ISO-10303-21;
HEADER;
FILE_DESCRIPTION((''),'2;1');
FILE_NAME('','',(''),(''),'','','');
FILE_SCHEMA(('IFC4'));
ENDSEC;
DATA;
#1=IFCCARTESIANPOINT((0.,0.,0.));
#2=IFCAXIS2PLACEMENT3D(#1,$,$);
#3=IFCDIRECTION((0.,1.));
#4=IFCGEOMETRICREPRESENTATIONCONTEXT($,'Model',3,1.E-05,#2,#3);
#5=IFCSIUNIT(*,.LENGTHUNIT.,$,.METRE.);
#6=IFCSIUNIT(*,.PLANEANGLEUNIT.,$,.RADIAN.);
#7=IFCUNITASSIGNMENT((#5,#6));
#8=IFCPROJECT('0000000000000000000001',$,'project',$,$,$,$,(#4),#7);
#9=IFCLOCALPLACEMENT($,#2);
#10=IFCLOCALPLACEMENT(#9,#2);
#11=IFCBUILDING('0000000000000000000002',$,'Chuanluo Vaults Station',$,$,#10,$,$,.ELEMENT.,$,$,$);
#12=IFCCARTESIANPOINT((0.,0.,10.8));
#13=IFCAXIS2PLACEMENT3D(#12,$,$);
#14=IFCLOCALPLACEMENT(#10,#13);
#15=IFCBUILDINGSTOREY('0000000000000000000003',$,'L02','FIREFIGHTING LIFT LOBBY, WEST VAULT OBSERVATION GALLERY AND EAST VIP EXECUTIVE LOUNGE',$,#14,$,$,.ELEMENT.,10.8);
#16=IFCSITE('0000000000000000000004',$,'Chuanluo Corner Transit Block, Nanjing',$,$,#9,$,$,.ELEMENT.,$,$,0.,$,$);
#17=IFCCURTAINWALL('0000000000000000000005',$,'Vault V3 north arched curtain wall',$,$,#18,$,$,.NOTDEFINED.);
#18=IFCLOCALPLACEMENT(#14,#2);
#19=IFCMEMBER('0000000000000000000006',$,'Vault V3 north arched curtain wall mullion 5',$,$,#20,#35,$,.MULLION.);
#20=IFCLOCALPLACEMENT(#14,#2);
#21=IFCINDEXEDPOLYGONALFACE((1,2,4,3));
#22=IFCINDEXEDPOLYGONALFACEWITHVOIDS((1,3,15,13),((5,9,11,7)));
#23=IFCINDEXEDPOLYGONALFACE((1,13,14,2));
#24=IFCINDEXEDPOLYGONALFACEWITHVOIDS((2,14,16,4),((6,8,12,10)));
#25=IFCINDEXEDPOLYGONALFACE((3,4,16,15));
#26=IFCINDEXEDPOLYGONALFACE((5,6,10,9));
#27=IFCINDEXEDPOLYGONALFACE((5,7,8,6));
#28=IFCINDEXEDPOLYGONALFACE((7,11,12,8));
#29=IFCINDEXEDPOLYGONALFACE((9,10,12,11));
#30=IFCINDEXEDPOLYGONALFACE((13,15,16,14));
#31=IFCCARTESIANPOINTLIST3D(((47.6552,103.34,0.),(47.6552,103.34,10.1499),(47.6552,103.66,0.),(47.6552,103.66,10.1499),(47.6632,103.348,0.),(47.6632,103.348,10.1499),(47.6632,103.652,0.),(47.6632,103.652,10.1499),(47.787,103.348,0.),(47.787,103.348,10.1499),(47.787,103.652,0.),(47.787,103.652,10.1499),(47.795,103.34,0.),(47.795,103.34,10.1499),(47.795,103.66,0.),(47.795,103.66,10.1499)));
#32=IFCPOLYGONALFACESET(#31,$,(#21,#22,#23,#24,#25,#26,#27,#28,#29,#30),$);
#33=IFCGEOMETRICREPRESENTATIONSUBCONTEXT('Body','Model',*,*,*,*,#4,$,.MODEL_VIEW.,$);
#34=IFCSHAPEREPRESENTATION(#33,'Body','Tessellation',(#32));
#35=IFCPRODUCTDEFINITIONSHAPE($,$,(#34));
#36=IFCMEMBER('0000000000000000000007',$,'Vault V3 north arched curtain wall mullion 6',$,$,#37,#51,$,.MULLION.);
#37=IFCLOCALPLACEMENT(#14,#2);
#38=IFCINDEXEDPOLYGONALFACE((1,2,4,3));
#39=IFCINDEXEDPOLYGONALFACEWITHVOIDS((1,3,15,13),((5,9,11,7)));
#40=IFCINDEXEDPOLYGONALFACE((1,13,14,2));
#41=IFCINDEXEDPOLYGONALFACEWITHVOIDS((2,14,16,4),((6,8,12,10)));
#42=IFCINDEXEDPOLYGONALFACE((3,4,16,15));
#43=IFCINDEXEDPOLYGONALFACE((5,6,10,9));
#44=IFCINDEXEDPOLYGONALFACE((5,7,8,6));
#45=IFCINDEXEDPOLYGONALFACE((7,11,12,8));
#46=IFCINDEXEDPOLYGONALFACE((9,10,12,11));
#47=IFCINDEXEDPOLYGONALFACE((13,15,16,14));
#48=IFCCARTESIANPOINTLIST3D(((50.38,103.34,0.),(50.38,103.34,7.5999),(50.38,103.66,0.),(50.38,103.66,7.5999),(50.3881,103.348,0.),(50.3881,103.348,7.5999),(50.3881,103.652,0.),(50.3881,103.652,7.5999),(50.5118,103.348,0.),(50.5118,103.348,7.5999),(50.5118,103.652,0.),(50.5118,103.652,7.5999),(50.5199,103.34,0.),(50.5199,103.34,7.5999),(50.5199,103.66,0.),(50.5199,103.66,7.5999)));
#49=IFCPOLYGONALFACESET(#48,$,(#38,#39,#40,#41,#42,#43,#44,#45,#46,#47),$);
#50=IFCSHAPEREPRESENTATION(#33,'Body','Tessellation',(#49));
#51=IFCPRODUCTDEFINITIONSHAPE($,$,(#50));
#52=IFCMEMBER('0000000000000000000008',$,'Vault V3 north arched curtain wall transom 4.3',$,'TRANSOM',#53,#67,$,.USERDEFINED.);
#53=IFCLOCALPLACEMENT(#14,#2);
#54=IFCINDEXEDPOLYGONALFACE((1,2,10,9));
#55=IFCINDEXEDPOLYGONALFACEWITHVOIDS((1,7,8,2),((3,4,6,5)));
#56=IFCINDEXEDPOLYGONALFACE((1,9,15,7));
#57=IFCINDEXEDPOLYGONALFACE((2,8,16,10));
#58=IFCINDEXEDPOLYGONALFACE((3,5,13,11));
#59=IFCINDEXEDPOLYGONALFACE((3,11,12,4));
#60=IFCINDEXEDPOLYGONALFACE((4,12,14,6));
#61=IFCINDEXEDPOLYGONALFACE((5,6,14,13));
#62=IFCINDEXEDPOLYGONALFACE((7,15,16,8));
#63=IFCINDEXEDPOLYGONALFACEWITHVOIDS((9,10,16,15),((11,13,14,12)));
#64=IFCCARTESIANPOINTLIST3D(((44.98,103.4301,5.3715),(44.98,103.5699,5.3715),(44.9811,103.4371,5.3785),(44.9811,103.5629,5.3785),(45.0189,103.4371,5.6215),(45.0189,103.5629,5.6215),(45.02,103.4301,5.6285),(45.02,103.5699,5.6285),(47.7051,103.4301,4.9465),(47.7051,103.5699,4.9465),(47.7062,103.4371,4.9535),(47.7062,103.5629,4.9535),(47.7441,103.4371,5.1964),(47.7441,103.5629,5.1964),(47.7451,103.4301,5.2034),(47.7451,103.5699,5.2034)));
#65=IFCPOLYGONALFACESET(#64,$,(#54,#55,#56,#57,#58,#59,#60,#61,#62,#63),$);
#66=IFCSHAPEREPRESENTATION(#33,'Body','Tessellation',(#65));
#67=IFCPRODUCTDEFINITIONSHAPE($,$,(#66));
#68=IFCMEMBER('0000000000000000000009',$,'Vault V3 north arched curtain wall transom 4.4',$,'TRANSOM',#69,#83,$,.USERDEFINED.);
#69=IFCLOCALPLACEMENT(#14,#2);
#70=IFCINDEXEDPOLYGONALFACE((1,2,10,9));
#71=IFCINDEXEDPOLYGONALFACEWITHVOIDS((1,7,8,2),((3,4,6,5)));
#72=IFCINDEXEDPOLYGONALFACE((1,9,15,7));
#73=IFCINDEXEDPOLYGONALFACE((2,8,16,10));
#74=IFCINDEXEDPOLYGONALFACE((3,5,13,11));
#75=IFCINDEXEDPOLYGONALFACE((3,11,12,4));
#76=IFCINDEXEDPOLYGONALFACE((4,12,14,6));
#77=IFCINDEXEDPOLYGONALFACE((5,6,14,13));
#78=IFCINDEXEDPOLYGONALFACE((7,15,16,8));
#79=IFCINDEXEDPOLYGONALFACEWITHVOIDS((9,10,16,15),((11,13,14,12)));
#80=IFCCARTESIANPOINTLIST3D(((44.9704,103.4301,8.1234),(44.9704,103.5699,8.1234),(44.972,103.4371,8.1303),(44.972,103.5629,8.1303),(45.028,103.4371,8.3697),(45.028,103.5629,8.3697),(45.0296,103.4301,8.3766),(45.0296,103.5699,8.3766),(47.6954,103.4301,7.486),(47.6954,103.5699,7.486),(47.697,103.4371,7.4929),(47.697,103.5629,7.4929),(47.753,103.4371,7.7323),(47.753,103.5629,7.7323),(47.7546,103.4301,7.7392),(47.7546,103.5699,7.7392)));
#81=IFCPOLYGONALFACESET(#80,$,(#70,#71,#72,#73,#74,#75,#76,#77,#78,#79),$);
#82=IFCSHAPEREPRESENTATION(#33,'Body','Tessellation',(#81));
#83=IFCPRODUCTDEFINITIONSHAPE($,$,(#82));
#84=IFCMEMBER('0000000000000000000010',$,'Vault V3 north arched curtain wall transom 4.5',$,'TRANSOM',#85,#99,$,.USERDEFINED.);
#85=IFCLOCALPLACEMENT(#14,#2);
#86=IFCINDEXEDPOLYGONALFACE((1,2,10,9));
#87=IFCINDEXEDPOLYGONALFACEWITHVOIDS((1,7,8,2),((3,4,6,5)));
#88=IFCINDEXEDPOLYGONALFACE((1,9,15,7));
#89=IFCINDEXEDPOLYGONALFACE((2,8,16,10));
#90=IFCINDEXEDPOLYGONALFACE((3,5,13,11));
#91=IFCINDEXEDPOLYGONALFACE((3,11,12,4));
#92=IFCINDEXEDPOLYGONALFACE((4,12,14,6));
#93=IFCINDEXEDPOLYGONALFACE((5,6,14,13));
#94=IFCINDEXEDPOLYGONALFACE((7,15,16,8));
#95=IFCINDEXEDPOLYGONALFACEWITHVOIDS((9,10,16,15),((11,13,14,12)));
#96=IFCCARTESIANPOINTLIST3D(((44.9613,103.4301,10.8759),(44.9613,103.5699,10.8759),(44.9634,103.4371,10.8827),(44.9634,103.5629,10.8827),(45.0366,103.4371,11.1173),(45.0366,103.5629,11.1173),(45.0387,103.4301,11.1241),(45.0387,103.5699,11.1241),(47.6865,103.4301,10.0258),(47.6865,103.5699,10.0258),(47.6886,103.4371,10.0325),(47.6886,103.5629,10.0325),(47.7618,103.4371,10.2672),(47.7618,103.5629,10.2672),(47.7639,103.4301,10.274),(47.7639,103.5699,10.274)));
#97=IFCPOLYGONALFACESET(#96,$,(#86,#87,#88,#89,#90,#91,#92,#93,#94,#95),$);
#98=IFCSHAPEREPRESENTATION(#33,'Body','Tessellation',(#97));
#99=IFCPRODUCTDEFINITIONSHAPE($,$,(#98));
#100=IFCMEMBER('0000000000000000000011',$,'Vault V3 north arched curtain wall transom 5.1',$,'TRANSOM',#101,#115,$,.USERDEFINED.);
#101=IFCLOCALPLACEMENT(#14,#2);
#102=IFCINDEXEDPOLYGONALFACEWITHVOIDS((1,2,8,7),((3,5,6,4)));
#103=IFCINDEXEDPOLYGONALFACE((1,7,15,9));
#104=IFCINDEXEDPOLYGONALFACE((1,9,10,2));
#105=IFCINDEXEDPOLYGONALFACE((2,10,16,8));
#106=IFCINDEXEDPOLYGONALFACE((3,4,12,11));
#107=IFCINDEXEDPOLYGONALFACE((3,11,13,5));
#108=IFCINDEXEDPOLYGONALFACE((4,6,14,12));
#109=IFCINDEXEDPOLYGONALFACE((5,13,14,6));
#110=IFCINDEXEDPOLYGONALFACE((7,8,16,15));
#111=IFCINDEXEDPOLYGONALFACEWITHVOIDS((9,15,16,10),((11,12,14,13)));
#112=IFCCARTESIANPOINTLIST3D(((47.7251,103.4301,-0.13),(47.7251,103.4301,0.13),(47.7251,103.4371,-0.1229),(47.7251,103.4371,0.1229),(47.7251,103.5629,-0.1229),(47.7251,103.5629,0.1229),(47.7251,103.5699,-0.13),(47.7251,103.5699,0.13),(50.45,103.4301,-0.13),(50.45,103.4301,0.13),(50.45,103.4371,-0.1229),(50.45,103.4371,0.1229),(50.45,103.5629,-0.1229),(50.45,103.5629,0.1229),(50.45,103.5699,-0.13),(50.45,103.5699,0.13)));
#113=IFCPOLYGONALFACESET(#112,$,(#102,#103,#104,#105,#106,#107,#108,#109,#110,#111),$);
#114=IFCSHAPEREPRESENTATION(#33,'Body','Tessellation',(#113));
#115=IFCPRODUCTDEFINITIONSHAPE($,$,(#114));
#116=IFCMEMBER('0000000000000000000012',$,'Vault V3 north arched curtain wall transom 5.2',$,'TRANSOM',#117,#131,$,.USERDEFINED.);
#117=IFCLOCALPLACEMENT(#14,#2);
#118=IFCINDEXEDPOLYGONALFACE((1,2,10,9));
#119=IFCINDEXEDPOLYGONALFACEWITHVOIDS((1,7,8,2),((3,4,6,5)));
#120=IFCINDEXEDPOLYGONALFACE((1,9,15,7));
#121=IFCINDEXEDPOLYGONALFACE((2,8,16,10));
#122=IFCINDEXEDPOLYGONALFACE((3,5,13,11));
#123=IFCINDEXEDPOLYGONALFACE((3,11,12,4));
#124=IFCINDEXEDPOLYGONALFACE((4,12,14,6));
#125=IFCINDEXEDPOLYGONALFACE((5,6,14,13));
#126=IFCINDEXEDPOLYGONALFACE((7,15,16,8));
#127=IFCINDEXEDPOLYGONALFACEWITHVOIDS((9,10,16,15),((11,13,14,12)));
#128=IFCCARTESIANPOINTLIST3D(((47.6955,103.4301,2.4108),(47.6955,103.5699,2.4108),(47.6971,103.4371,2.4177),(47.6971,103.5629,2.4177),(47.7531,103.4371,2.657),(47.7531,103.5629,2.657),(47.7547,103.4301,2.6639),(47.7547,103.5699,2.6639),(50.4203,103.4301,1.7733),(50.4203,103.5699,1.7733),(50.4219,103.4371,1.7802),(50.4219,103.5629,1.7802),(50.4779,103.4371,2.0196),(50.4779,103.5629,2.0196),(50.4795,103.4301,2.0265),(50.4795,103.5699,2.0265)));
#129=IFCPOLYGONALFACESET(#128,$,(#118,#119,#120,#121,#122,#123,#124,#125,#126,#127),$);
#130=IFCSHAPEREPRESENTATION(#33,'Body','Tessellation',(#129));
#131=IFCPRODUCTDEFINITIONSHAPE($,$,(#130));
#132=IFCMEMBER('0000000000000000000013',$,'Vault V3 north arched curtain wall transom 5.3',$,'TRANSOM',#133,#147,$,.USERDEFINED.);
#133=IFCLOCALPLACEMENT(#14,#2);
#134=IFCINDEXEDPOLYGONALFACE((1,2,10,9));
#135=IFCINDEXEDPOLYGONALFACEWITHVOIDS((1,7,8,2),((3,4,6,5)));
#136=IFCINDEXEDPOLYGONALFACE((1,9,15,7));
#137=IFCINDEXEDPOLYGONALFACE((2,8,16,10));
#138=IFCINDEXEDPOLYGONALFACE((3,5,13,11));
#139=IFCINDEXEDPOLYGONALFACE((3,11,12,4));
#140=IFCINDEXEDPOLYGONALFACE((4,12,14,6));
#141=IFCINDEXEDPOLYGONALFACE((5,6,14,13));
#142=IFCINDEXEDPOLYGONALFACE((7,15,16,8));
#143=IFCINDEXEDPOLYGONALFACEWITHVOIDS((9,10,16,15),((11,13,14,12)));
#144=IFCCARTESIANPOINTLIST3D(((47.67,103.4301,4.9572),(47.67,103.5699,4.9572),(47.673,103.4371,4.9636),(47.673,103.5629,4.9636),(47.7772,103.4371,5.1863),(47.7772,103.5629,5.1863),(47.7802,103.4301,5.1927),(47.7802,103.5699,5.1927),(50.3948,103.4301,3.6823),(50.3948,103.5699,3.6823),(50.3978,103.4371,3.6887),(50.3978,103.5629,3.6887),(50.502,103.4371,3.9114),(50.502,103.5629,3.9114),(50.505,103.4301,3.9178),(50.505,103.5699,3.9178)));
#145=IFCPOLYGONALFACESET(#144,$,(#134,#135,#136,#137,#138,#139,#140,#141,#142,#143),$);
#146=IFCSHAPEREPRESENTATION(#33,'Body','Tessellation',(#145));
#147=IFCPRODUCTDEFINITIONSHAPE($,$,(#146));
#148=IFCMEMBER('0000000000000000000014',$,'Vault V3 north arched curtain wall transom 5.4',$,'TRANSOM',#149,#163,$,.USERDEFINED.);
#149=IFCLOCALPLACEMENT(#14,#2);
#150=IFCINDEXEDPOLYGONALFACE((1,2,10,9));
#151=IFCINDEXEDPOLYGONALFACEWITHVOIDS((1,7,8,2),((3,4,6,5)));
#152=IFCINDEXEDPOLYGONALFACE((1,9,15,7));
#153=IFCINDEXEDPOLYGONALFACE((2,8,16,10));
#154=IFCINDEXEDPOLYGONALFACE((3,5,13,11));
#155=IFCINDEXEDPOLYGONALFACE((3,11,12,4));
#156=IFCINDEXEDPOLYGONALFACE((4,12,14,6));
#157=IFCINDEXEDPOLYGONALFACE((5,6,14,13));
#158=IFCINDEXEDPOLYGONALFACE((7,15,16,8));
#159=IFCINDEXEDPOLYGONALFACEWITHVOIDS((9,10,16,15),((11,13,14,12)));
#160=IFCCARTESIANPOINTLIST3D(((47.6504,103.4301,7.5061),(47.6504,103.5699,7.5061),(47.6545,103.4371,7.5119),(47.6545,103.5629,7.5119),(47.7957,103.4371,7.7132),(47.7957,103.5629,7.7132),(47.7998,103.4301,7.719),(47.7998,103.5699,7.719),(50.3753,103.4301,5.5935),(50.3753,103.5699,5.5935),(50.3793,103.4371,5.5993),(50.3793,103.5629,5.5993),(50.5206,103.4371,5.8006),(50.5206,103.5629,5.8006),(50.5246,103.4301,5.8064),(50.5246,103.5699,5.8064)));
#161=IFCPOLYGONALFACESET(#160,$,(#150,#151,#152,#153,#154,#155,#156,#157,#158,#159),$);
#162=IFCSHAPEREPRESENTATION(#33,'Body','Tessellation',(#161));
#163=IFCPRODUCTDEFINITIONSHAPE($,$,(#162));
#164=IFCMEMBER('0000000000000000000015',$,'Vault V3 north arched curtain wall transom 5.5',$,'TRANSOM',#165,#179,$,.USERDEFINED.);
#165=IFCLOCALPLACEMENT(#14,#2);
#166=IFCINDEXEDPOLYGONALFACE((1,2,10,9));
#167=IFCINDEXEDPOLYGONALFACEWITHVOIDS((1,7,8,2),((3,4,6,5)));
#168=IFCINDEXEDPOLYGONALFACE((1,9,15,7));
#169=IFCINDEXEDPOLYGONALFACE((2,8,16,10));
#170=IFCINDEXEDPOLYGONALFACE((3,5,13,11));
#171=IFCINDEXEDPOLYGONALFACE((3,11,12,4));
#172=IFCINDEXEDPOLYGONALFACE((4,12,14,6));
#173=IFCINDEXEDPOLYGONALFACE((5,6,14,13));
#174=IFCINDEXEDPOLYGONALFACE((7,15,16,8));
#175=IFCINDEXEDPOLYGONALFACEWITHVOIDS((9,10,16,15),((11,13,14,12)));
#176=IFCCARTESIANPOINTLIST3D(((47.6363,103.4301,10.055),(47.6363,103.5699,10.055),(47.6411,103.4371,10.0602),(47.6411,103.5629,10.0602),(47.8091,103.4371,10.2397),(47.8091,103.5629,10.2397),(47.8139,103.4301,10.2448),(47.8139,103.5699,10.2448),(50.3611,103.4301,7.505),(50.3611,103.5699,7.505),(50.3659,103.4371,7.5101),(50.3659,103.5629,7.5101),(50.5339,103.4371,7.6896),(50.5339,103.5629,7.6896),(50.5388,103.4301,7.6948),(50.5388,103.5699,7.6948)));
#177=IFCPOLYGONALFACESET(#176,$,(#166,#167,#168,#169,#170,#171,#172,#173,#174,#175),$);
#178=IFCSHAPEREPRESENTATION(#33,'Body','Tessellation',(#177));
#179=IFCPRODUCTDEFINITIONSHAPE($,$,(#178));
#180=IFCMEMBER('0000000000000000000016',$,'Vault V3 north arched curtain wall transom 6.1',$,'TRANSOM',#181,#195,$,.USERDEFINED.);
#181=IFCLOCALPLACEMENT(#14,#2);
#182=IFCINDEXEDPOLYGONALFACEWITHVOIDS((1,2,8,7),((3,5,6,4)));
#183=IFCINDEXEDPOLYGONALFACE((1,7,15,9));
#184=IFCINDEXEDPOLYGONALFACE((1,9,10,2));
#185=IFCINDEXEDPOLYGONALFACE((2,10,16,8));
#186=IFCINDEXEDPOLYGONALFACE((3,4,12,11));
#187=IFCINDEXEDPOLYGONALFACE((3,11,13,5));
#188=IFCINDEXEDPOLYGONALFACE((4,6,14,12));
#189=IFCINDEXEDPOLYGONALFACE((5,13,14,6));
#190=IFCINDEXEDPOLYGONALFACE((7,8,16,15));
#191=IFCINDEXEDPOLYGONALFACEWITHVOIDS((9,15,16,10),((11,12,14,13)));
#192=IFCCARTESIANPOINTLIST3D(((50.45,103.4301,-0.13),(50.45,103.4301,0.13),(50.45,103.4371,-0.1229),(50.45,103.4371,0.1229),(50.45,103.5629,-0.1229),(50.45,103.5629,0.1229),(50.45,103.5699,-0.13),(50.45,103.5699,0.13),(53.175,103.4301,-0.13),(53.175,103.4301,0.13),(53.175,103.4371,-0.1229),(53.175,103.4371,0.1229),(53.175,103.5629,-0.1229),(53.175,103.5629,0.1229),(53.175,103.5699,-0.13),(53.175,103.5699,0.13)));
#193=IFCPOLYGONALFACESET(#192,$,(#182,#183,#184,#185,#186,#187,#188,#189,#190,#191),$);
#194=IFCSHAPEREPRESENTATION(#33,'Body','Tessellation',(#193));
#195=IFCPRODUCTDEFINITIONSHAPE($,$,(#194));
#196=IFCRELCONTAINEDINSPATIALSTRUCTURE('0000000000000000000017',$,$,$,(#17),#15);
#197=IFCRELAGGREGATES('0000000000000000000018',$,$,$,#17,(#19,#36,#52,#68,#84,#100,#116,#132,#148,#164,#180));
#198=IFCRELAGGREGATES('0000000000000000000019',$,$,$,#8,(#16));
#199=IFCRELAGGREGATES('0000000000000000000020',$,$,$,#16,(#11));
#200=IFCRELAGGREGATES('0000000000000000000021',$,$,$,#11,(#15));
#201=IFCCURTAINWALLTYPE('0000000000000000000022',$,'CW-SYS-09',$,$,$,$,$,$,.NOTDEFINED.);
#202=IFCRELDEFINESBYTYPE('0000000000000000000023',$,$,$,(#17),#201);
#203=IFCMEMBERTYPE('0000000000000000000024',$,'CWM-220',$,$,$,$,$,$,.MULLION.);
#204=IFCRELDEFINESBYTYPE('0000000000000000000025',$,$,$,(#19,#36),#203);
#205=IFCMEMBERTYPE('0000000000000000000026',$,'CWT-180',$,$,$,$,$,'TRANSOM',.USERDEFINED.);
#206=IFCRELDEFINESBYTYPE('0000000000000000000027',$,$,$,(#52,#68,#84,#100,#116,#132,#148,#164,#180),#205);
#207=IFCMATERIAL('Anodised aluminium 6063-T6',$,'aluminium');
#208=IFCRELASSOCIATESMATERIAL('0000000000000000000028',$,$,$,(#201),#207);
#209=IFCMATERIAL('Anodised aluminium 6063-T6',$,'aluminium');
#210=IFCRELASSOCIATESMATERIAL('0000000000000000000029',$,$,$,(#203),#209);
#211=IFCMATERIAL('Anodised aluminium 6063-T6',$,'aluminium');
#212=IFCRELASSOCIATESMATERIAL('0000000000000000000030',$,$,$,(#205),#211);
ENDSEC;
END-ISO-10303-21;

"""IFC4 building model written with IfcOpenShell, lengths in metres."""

from ifc_helpers import new_model, si_unit, direction, frame, origin, origin_2d, place, context, subcontext, project, spatial, hollow_rectangle, extrude, material, material_profile, profile_set, type_object, element, aggregate, save


model = new_model("IFC4")

# Units and contexts
model_context = context("Model", 3, precision=1e-05, world=origin(), true_north=direction((0.0, 1.0)))
body_context = subcontext(model_context, "Body", "Model", "MODEL_VIEW")
ifc_project = project(units=[si_unit("LENGTHUNIT", "METRE"), si_unit("PLANEANGLEUNIT", "RADIAN")], contexts=[model_context])

# Site, building, storey
site_placement = place(None, origin())
site = spatial("IfcSite", under=ifc_project, at=site_placement, Name="Chuanluo Corner Transit Block, Nanjing", CompositionType="ELEMENT", RefElevation=0.0)
building_placement = place(site_placement, origin())
building = spatial("IfcBuilding", under=site, at=building_placement, Name="Chuanluo Vaults Station", CompositionType="ELEMENT")
storey_placement = place(building_placement, frame((0.0, 0.0, 10.8)))
storey = spatial("IfcBuildingStorey", under=building, at=storey_placement, Name="L02", Description="FIREFIGHTING LIFT LOBBY, WEST VAULT OBSERVATION GALLERY AND EAST VIP EXECUTIVE LOUNGE", CompositionType="ELEMENT", Elevation=10.8)

# Curtain wall, members
ifc_material_1 = material(Name="Anodised aluminium 6063-T6", Category="aluminium")
curtain_wall_type = type_object("IfcCurtainWallType", Name="CW-SYS-09", PredefinedType="NOTDEFINED", material=ifc_material_1)
curtain_wall_placement = place(storey_placement, origin())
curtain_wall = element("IfcCurtainWall", 1, at=curtain_wall_placement, inside=storey, type_object=curtain_wall_type, Name="Vault V3 north arched curtain wall", PredefinedType="NOTDEFINED")
ifc_material_2 = material(Name="Anodised aluminium 6063-T6", Category="aluminium")
ifc_material_profile_1 = material_profile(ifc_material_2, hollow_rectangle(XDim=0.1399, YDim=0.3201, WallThickness=0.0081, at=origin_2d()))
ifc_profile_set_1 = profile_set([ifc_material_profile_1], Name="Anodised aluminium 6063-T6")
member_type_1 = type_object("IfcMemberType", Name="CWM-220", PredefinedType="MULLION", material=ifc_profile_set_1)
member_1_placement = place(storey_placement, frame((47.7251, 103.5, 0.0), z_axis=(0.0, 0.0, 1.0), x_axis=(1.0, 0.0, 0.0)))
member_1 = element("IfcMember", 2, at=member_1_placement, type_object=member_type_1, Name="Vault V3 north arched curtain wall mullion 5", PredefinedType="MULLION", context=body_context, shape_type="SweptSolid", body=[
    extrude(hollow_rectangle(XDim=0.1399, YDim=0.3201, WallThickness=0.0081, at=origin_2d()), origin(), (0.0, 0.0, 1.0), 10.1499),
])
member_2_placement = place(storey_placement, frame((50.45, 103.5, 0.0), z_axis=(0.0, 0.0, 1.0), x_axis=(1.0, 0.0, 0.0)))
member_2 = element("IfcMember", 3, at=member_2_placement, type_object=member_type_1, Name="Vault V3 north arched curtain wall mullion 6", PredefinedType="MULLION", context=body_context, shape_type="SweptSolid", body=[
    extrude(hollow_rectangle(XDim=0.1399, YDim=0.3201, WallThickness=0.0081, at=origin_2d()), origin(), (0.0, 0.0, 1.0), 7.5999),
])
ifc_material_3 = material(Name="Anodised aluminium 6063-T6", Category="aluminium")
ifc_material_profile_2 = material_profile(ifc_material_3, hollow_rectangle(XDim=0.1399, YDim=0.26, WallThickness=0.0071, at=origin_2d()))
ifc_profile_set_2 = profile_set([ifc_material_profile_2], Name="Anodised aluminium 6063-T6")
member_type_2 = type_object("IfcMemberType", Name="CWT-180", ElementType="TRANSOM", PredefinedType="USERDEFINED", material=ifc_profile_set_2)
member_3_placement = place(storey_placement, frame((45.0, 103.5, 5.5), z_axis=(0.988053, 0.0, -0.154112), x_axis=(0.0, 1.0, 0.0)))
member_3 = element("IfcMember", 4, at=member_3_placement, type_object=member_type_2, Name="Vault V3 north arched curtain wall transom 4.3", ObjectType="TRANSOM", PredefinedType="USERDEFINED", context=body_context, shape_type="SweptSolid", body=[
    extrude(hollow_rectangle(XDim=0.1399, YDim=0.26, WallThickness=0.0071, at=origin_2d()), origin(), (0.0, 0.0, 1.0), 2.7581),
])
member_4_placement = place(storey_placement, frame((45.0, 103.5, 8.25), z_axis=(0.973715, 0.0, -0.22777), x_axis=(0.0, 1.0, 0.0)))
member_4 = element("IfcMember", 5, at=member_4_placement, type_object=member_type_2, Name="Vault V3 north arched curtain wall transom 4.4", ObjectType="TRANSOM", PredefinedType="USERDEFINED", context=body_context, shape_type="SweptSolid", body=[
    extrude(hollow_rectangle(XDim=0.1399, YDim=0.26, WallThickness=0.0071, at=origin_2d()), origin(), (0.0, 0.0, 1.0), 2.7986),
])
member_5_placement = place(storey_placement, frame((45.0, 103.5, 11.0), z_axis=(0.954629, 0.0, -0.297798), x_axis=(0.0, 1.0, 0.0)))
member_5 = element("IfcMember", 6, at=member_5_placement, type_object=member_type_2, Name="Vault V3 north arched curtain wall transom 4.5", ObjectType="TRANSOM", PredefinedType="USERDEFINED", context=body_context, shape_type="SweptSolid", body=[
    extrude(hollow_rectangle(XDim=0.1399, YDim=0.26, WallThickness=0.0071, at=origin_2d()), origin(), (0.0, 0.0, 1.0), 2.8547),
])
member_6_placement = place(storey_placement, frame((47.7251, 103.5, 0.0), z_axis=(1.0, 0.0, 0.0), x_axis=(0.0, 1.0, 0.0)))
member_6 = element("IfcMember", 7, at=member_6_placement, type_object=member_type_2, Name="Vault V3 north arched curtain wall transom 5.1", ObjectType="TRANSOM", PredefinedType="USERDEFINED", context=body_context, shape_type="SweptSolid", body=[
    extrude(hollow_rectangle(XDim=0.1399, YDim=0.26, WallThickness=0.0071, at=origin_2d()), origin(), (0.0, 0.0, 1.0), 2.7249),
])
member_7_placement = place(storey_placement, frame((47.7251, 103.5, 2.5374), z_axis=(0.97371, 0.0, -0.227789), x_axis=(0.0, 1.0, 0.0)))
member_7 = element("IfcMember", 8, at=member_7_placement, type_object=member_type_2, Name="Vault V3 north arched curtain wall transom 5.2", ObjectType="TRANSOM", PredefinedType="USERDEFINED", context=body_context, shape_type="SweptSolid", body=[
    extrude(hollow_rectangle(XDim=0.1399, YDim=0.26, WallThickness=0.0071, at=origin_2d()), origin(), (0.0, 0.0, 1.0), 2.7983),
])
member_8_placement = place(storey_placement, frame((47.7251, 103.5, 5.075), z_axis=(0.905762, 0.0, -0.423787), x_axis=(0.0, 1.0, 0.0)))
member_8 = element("IfcMember", 9, at=member_8_placement, type_object=member_type_2, Name="Vault V3 north arched curtain wall transom 5.3", ObjectType="TRANSOM", PredefinedType="USERDEFINED", context=body_context, shape_type="SweptSolid", body=[
    extrude(hollow_rectangle(XDim=0.1399, YDim=0.26, WallThickness=0.0071, at=origin_2d()), origin(), (0.0, 0.0, 1.0), 3.0083),
])
member_9_placement = place(storey_placement, frame((47.7251, 103.5, 7.6125), z_axis=(0.818497, 0.0, -0.57451), x_axis=(0.0, 1.0, 0.0)))
member_9 = element("IfcMember", 10, at=member_9_placement, type_object=member_type_2, Name="Vault V3 north arched curtain wall transom 5.4", ObjectType="TRANSOM", PredefinedType="USERDEFINED", context=body_context, shape_type="SweptSolid", body=[
    extrude(hollow_rectangle(XDim=0.1399, YDim=0.26, WallThickness=0.0071, at=origin_2d()), origin(), (0.0, 0.0, 1.0), 3.3291),
])
member_10_placement = place(storey_placement, frame((47.7251, 103.5, 10.1499), z_axis=(0.730139, 0.0, -0.683299), x_axis=(0.0, 1.0, 0.0)))
member_10 = element("IfcMember", 11, at=member_10_placement, type_object=member_type_2, Name="Vault V3 north arched curtain wall transom 5.5", ObjectType="TRANSOM", PredefinedType="USERDEFINED", context=body_context, shape_type="SweptSolid", body=[
    extrude(hollow_rectangle(XDim=0.1399, YDim=0.26, WallThickness=0.0071, at=origin_2d()), origin(), (0.0, 0.0, 1.0), 3.7319),
])
member_11_placement = place(storey_placement, frame((50.45, 103.5, 0.0), z_axis=(1.0, 0.0, 0.0), x_axis=(0.0, 1.0, 0.0)))
member_11 = element("IfcMember", 12, at=member_11_placement, type_object=member_type_2, Name="Vault V3 north arched curtain wall transom 6.1", ObjectType="TRANSOM", PredefinedType="USERDEFINED", context=body_context, shape_type="SweptSolid", body=[
    extrude(hollow_rectangle(XDim=0.1399, YDim=0.26, WallThickness=0.0071, at=origin_2d()), origin(), (0.0, 0.0, 1.0), 2.7251),
])
aggregate(curtain_wall, [member_1, member_2, member_3, member_4, member_5, member_6, member_7, member_8, member_9, member_10, member_11])

save(model, "model.ifc")
